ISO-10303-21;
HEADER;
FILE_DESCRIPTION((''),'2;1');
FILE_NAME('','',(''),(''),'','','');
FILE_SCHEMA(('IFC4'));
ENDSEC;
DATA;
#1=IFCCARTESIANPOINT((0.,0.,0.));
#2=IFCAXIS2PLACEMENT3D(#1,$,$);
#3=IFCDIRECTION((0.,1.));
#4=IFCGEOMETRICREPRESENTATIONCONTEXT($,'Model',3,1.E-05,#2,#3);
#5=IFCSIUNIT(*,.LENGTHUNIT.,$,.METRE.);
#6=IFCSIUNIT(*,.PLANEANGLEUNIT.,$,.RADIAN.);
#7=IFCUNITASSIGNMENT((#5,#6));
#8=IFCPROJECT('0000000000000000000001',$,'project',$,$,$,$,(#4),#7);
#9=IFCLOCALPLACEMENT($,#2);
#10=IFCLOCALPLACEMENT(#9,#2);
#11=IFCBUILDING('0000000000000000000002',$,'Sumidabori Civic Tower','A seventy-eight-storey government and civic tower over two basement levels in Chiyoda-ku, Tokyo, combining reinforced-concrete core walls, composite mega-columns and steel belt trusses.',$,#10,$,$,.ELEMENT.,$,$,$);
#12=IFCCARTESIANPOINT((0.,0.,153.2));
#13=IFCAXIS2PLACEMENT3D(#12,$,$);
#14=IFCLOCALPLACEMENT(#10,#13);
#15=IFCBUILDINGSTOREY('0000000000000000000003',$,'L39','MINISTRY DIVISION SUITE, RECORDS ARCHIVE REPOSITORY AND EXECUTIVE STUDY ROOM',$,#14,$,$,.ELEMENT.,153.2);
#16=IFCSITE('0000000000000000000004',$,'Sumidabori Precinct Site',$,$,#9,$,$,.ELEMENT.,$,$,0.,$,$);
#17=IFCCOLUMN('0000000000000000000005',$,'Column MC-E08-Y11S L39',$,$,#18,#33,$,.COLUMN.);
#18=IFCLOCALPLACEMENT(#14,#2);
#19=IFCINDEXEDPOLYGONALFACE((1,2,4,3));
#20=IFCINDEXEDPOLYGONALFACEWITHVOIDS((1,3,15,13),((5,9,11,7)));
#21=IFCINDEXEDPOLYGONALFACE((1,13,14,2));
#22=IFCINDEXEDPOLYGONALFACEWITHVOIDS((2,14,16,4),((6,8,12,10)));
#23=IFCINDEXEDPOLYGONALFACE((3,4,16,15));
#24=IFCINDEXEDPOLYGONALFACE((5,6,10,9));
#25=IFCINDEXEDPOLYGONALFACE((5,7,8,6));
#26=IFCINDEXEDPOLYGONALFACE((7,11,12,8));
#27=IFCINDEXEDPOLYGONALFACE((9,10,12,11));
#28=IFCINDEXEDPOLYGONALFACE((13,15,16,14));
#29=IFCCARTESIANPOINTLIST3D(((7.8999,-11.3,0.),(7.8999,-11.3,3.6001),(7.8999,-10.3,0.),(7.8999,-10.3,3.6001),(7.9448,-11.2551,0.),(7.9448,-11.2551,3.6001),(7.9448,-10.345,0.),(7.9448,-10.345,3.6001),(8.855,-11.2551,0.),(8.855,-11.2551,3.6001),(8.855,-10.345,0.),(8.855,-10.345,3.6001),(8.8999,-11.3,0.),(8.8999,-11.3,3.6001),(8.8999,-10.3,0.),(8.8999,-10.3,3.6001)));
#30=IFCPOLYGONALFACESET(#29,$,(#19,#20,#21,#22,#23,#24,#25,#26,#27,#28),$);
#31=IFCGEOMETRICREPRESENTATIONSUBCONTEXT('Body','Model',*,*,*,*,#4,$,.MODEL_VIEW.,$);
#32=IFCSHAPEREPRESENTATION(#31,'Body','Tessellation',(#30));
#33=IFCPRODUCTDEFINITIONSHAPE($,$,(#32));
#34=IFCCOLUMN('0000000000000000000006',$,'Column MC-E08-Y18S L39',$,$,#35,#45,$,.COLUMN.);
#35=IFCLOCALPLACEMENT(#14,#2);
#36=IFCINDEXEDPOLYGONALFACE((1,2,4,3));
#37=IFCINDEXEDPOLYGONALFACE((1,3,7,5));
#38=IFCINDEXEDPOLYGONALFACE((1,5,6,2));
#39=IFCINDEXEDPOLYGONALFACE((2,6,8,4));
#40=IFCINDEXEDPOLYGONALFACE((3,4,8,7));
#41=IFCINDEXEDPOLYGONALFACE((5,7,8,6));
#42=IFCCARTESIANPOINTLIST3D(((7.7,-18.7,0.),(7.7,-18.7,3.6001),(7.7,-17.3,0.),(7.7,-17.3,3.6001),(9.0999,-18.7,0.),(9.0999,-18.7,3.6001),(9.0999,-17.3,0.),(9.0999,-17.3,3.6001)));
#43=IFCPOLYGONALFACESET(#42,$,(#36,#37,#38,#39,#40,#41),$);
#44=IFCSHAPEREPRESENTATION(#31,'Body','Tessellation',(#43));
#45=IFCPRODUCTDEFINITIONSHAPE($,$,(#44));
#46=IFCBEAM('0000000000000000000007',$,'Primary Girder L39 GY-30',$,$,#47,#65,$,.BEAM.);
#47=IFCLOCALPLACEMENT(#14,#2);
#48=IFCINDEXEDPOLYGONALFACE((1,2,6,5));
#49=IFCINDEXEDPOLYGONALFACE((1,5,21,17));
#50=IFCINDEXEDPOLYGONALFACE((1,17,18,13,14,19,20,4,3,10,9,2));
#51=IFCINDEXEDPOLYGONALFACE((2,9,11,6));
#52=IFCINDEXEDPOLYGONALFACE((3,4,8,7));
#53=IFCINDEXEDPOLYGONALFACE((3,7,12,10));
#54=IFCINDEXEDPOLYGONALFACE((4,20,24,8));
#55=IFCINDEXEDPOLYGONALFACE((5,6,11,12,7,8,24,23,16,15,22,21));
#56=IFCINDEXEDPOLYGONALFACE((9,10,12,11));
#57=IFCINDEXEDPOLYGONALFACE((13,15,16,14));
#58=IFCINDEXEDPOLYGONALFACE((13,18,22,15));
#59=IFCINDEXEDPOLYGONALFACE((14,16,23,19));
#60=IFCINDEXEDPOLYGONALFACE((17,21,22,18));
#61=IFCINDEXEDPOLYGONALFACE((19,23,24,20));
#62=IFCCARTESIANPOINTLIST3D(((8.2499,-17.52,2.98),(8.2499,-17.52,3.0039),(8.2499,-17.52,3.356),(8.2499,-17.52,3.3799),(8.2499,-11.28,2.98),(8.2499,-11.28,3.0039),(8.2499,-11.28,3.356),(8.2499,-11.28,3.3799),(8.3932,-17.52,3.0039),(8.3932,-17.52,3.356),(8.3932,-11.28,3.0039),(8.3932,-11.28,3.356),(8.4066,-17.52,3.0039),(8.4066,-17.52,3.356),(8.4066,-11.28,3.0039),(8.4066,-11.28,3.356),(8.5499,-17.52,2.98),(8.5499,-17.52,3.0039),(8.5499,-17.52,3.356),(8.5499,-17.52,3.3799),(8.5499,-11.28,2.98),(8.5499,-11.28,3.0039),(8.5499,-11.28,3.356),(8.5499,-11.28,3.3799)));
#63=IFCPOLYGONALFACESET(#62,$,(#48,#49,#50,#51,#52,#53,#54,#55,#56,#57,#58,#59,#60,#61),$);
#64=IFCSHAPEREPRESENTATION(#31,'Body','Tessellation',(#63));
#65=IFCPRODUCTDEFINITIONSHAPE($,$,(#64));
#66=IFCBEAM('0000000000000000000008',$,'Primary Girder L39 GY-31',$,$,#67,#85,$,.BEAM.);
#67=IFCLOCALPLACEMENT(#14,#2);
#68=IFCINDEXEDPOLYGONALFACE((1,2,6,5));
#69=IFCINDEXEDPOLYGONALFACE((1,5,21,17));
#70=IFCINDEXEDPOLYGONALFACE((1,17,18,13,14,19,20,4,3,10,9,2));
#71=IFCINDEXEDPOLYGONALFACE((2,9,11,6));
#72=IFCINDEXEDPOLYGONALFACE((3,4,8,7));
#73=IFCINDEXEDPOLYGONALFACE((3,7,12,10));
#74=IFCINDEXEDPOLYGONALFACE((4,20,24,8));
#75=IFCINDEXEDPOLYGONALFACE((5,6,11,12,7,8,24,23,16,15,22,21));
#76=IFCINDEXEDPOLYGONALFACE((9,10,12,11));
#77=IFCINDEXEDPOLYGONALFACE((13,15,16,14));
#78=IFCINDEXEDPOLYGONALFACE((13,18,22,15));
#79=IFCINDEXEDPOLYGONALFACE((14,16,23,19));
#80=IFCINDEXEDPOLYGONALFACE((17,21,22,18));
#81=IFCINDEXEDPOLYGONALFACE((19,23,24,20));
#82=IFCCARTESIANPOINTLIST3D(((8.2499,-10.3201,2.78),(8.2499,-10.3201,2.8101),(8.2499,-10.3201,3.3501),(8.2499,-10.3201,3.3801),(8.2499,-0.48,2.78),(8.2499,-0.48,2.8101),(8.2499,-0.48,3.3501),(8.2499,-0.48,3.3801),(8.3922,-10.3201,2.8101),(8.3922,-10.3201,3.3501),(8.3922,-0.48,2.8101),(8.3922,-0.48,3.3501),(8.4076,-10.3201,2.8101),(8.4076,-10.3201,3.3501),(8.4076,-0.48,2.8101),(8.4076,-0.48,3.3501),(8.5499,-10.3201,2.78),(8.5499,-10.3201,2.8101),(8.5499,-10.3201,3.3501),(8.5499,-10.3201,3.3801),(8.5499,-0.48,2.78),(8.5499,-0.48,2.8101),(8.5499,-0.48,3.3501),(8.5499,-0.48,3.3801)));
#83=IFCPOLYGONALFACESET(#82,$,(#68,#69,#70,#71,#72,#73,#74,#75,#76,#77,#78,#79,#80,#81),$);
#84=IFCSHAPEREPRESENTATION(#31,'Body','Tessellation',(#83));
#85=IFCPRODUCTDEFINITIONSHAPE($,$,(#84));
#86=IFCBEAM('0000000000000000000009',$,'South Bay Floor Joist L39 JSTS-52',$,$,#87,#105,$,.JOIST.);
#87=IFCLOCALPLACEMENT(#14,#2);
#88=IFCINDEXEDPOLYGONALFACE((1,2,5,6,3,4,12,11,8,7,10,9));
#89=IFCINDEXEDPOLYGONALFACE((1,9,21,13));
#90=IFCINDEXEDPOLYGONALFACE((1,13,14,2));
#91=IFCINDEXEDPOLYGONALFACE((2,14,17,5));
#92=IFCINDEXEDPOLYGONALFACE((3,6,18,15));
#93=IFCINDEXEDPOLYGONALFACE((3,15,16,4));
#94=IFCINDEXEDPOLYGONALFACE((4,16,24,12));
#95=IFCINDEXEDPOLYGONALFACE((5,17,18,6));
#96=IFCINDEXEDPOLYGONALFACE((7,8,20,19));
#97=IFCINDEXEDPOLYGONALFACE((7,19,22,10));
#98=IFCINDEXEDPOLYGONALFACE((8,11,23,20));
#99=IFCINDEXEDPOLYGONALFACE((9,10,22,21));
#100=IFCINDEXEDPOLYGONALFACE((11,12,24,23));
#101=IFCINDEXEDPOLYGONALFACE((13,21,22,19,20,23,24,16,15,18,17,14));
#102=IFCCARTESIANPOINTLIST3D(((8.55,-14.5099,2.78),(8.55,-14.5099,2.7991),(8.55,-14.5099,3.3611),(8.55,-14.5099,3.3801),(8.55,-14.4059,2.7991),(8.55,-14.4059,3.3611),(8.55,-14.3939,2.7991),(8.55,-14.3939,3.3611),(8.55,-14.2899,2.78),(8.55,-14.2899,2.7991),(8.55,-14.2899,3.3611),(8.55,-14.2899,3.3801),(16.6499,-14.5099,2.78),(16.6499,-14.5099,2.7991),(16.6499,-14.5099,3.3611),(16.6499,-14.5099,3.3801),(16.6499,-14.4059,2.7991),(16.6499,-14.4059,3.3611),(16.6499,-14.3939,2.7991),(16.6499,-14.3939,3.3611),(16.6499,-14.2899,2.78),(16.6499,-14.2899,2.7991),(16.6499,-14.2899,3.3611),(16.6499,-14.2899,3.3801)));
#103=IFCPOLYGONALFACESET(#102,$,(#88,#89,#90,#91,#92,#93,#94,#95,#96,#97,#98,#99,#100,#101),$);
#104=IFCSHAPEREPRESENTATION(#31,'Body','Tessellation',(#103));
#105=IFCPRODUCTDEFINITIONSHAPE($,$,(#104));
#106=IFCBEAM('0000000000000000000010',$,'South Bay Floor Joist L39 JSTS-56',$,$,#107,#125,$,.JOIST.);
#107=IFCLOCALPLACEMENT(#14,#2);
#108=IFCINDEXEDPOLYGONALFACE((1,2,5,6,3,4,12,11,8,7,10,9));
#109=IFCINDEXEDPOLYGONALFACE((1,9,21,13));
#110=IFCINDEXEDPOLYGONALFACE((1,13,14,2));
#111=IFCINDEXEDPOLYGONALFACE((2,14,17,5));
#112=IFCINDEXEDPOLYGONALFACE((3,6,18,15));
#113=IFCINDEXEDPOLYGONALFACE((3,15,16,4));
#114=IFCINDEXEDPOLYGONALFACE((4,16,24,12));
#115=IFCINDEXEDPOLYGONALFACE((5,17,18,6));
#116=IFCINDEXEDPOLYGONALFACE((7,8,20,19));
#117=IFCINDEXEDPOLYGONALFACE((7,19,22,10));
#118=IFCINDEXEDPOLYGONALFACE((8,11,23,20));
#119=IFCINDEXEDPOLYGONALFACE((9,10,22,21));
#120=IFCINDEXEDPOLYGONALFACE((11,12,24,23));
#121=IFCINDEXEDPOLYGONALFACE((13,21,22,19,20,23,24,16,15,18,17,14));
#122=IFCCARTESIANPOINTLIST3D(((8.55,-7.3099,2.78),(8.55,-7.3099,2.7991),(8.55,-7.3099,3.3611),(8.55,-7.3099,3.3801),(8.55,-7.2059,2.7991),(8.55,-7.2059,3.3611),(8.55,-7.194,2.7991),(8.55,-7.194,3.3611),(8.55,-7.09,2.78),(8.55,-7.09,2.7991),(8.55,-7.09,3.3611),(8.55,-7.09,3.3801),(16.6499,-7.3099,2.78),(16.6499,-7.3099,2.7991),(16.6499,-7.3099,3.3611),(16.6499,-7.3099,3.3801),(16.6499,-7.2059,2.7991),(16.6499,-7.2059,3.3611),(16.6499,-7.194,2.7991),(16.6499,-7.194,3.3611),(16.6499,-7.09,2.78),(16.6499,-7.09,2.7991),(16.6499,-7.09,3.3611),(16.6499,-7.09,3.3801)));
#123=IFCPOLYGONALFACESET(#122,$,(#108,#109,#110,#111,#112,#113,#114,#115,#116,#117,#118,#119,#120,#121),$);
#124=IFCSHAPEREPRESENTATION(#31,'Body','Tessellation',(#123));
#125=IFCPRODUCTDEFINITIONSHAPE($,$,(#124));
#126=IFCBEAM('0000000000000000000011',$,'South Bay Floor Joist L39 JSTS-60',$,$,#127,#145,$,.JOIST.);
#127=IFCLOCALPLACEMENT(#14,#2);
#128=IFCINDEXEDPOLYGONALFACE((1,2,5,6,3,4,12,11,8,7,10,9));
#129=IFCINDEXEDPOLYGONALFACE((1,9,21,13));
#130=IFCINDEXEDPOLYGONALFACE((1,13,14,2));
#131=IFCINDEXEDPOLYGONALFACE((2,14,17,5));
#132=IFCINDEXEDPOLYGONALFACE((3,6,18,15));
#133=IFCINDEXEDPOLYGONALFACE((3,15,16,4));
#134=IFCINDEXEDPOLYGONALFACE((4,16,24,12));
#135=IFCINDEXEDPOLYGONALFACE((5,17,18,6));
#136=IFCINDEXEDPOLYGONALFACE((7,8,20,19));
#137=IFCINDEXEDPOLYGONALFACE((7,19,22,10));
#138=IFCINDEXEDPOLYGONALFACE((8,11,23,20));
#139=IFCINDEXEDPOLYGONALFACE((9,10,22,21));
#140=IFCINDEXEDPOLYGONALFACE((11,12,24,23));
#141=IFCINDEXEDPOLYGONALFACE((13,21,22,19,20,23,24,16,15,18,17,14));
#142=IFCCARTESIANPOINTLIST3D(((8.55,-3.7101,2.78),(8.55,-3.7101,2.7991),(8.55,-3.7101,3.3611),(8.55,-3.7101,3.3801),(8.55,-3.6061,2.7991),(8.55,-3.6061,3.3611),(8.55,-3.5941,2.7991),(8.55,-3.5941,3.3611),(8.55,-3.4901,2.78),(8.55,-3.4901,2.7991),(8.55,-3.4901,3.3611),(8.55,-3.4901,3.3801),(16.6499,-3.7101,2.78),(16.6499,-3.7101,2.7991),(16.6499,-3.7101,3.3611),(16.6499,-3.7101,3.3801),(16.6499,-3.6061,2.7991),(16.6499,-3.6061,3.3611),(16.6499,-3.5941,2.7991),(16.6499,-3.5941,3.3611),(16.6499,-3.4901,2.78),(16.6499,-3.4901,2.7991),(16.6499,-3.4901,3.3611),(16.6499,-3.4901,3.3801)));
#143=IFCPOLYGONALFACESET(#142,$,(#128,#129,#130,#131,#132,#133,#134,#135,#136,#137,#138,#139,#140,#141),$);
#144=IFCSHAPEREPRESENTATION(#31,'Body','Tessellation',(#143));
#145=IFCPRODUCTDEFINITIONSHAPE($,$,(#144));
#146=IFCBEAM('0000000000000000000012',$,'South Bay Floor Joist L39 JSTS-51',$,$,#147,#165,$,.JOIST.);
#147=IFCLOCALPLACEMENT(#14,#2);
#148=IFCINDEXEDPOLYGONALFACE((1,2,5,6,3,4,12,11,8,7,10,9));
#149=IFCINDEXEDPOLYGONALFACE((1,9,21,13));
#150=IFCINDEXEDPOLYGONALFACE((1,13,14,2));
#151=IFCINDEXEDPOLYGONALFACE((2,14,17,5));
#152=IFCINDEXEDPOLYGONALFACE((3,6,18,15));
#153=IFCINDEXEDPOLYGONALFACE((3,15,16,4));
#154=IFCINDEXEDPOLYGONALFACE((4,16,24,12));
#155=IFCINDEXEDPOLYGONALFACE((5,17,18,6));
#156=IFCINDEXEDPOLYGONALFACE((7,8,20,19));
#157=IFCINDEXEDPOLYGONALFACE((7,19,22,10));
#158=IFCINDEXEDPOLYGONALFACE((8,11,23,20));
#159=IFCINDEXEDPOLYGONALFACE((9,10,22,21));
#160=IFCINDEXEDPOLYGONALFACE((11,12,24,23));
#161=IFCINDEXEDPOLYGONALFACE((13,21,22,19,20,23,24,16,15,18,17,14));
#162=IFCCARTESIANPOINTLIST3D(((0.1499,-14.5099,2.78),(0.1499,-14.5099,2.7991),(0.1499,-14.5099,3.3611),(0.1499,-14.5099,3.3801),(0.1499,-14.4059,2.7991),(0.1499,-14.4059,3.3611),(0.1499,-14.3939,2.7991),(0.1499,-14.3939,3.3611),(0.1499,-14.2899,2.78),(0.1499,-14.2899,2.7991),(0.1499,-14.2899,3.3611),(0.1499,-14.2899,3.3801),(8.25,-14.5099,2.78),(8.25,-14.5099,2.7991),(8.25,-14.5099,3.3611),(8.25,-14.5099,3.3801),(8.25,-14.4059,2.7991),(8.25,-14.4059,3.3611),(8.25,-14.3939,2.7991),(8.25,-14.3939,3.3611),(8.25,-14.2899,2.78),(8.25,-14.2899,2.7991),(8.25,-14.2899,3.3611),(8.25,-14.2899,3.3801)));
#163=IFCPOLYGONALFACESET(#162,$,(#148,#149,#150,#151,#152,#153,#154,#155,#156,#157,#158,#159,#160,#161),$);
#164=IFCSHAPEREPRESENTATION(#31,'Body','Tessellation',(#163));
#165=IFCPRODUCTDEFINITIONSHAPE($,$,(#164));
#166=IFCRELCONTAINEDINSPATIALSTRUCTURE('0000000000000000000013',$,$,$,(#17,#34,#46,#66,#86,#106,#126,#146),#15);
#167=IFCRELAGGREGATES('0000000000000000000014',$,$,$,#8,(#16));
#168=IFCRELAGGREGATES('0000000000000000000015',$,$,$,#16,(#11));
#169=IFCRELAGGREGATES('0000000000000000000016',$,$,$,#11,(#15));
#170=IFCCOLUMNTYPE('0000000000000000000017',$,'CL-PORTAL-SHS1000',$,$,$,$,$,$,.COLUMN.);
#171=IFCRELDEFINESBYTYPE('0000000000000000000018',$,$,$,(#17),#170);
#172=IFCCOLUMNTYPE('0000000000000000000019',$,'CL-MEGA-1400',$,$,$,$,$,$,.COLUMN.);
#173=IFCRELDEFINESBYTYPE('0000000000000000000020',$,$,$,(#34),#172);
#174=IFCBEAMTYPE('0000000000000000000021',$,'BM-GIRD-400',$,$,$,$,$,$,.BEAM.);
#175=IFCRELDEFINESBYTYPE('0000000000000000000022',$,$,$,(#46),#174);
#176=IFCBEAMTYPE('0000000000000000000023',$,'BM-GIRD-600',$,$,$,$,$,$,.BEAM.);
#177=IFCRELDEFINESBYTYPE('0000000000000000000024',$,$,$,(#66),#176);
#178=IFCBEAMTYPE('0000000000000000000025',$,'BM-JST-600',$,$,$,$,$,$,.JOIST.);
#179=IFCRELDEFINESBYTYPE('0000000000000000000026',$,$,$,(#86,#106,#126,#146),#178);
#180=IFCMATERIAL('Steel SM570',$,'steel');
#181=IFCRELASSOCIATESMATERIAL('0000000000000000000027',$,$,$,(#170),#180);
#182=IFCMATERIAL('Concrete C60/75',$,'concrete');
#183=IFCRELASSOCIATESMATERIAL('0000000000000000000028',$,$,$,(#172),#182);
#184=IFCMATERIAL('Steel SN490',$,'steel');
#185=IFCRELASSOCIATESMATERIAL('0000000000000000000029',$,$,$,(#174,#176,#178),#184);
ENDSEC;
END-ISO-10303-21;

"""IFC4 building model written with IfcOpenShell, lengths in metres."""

from ifc_helpers import new_model, si_unit, direction, frame, origin, origin_2d, place, context, subcontext, project, spatial, rectangle, hollow_rectangle, i_section, extrude, source, transform, mapped, material, material_profile, profile_set, type_object, element, save


model = new_model("IFC4")

# Units and contexts
model_context = context("Model", 3, precision=1e-05, world=origin(), true_north=direction((0.0, 1.0)))
body_context = subcontext(model_context, "Body", "Model", "MODEL_VIEW")
ifc_project = project(units=[si_unit("LENGTHUNIT", "METRE"), si_unit("PLANEANGLEUNIT", "RADIAN")], contexts=[model_context])

# Site, building, storey
site_placement = place(None, origin())
site = spatial("IfcSite", under=ifc_project, at=site_placement, Name="Sumidabori Precinct Site", CompositionType="ELEMENT", RefElevation=0.0)
building_placement = place(site_placement, origin())
building = spatial("IfcBuilding", under=site, at=building_placement, Name="Sumidabori Civic Tower", Description="A seventy-eight-storey government and civic tower over two basement levels in Chiyoda-ku, Tokyo, combining reinforced-concrete core walls, composite mega-columns and steel belt trusses.", CompositionType="ELEMENT")
storey_placement = place(building_placement, frame((0.0, 0.0, 153.2)))
storey = spatial("IfcBuildingStorey", under=building, at=storey_placement, Name="L39", Description="MINISTRY DIVISION SUITE, RECORDS ARCHIVE REPOSITORY AND EXECUTIVE STUDY ROOM", CompositionType="ELEMENT", Elevation=153.2)

# Columns
ifc_material_1 = material(Name="Steel SM570", Category="steel")
ifc_material_profile_1 = material_profile(ifc_material_1, hollow_rectangle(XDim=1.0, YDim=1.0, WallThickness=0.0449, at=origin_2d()), Name="SHS 1000x1000x45")
ifc_profile_set_1 = profile_set([ifc_material_profile_1], Name="Steel SM570")
column_type_1 = type_object("IfcColumnType", Name="CL-PORTAL-SHS1000", PredefinedType="COLUMN", material=ifc_profile_set_1)
shared_shape_1 = source(origin(), body_context, "Body", "SweptSolid", [
    extrude(hollow_rectangle(XDim=1.0, YDim=1.0, WallThickness=0.0449, at=origin_2d()), origin(), (0.0, 0.0, 1.0), 3.6001),
])
column_1_placement = place(storey_placement, frame((8.3999, -10.8, 0.0), z_axis=(0.0, 0.0, 1.0), x_axis=(1.0, 0.0, 0.0)))
element("IfcColumn", 1, at=column_1_placement, inside=storey, type_object=column_type_1, Name="Column MC-E08-Y11S L39", PredefinedType="COLUMN", context=body_context, shape_type="MappedRepresentation", body=[
    mapped(shared_shape_1, transform((0.0, 0.0, 0.0), x_axis=(1.0, 0.0, 0.0), y_axis=(0.0, 1.0, 0.0), z_axis=(0.0, 0.0, 1.0), scale=1.0)),
])
ifc_material_2 = material(Name="Concrete C60/75", Category="concrete")
ifc_material_profile_2 = material_profile(ifc_material_2, rectangle(XDim=1.3999, YDim=1.3999, at=origin_2d()), Name="RC 1400x1400")
ifc_profile_set_2 = profile_set([ifc_material_profile_2], Name="Concrete C60/75")
column_type_2 = type_object("IfcColumnType", Name="CL-MEGA-1400", PredefinedType="COLUMN", material=ifc_profile_set_2)
shared_shape_2 = source(origin(), body_context, "Body", "SweptSolid", [
    extrude(rectangle(XDim=1.3999, YDim=1.3999, at=origin_2d()), origin(), (0.0, 0.0, 1.0), 3.6001),
])
column_2_placement = place(storey_placement, frame((8.3999, -18.0, 0.0), z_axis=(0.0, 0.0, 1.0), x_axis=(1.0, 0.0, 0.0)))
element("IfcColumn", 2, at=column_2_placement, inside=storey, type_object=column_type_2, Name="Column MC-E08-Y18S L39", PredefinedType="COLUMN", context=body_context, shape_type="MappedRepresentation", body=[
    mapped(shared_shape_2, transform((0.0, 0.0, 0.0), x_axis=(1.0, 0.0, 0.0), y_axis=(0.0, 1.0, 0.0), z_axis=(0.0, 0.0, 1.0), scale=1.0)),
])

# Beams
ifc_material_3 = material(Name="Steel SN490", Category="steel")
ifc_material_profile_3 = material_profile(ifc_material_3, i_section(OverallWidth=0.3, OverallDepth=0.3999, WebThickness=0.0134, FlangeThickness=0.0239, at=origin_2d()), Name="HE 400 B")
ifc_profile_set_3 = profile_set([ifc_material_profile_3], Name="Steel SN490")
beam_type_1 = type_object("IfcBeamType", Name="BM-GIRD-400", PredefinedType="BEAM", material=ifc_profile_set_3)
shared_shape_3 = source(origin(), body_context, "Body", "SweptSolid", [
    extrude(i_section(OverallWidth=0.3, OverallDepth=0.3999, WebThickness=0.0134, FlangeThickness=0.0239, at=origin_2d()), origin(), (0.0, 0.0, 1.0), 6.24),
])
beam_1_placement = place(storey_placement, frame((8.3999, -17.52, 3.1799), z_axis=(0.0, 1.0, 0.0), x_axis=(-1.0, 0.0, 0.0)))
element("IfcBeam", 3, at=beam_1_placement, inside=storey, type_object=beam_type_1, Name="Primary Girder L39 GY-30", PredefinedType="BEAM", context=body_context, shape_type="MappedRepresentation", body=[
    mapped(shared_shape_3, transform((0.0, 0.0, 0.0), x_axis=(1.0, 0.0, 0.0), y_axis=(0.0, 1.0, 0.0), z_axis=(0.0, 0.0, 1.0), scale=1.0)),
])
ifc_material_profile_4 = material_profile(ifc_material_3, i_section(OverallWidth=0.3, OverallDepth=0.6001, WebThickness=0.0154, FlangeThickness=0.03, at=origin_2d()), Name="HE 600 B")
ifc_profile_set_4 = profile_set([ifc_material_profile_4], Name="Steel SN490")
beam_type_2 = type_object("IfcBeamType", Name="BM-GIRD-600", PredefinedType="BEAM", material=ifc_profile_set_4)
shared_shape_4 = source(origin(), body_context, "Body", "SweptSolid", [
    extrude(i_section(OverallWidth=0.3, OverallDepth=0.6001, WebThickness=0.0154, FlangeThickness=0.03, at=origin_2d()), origin(), (0.0, 0.0, 1.0), 9.8401),
])
beam_2_placement = place(storey_placement, frame((8.3999, -10.3201, 3.0801), z_axis=(0.0, 1.0, 0.0), x_axis=(-1.0, 0.0, 0.0)))
element("IfcBeam", 4, at=beam_2_placement, inside=storey, type_object=beam_type_2, Name="Primary Girder L39 GY-31", PredefinedType="BEAM", context=body_context, shape_type="MappedRepresentation", body=[
    mapped(shared_shape_4, transform((0.0, 0.0, 0.0), x_axis=(1.0, 0.0, 0.0), y_axis=(0.0, 1.0, 0.0), z_axis=(0.0, 0.0, 1.0), scale=1.0)),
])
ifc_material_profile_5 = material_profile(ifc_material_3, i_section(OverallWidth=0.22, OverallDepth=0.6001, WebThickness=0.012, FlangeThickness=0.019, at=origin_2d()), Name="IPE 600")
ifc_profile_set_5 = profile_set([ifc_material_profile_5], Name="Steel SN490")
beam_type_3 = type_object("IfcBeamType", Name="BM-JST-600", PredefinedType="JOIST", material=ifc_profile_set_5)
shared_shape_5 = source(origin(), body_context, "Body", "SweptSolid", [
    extrude(i_section(OverallWidth=0.22, OverallDepth=0.6001, WebThickness=0.012, FlangeThickness=0.019, at=origin_2d()), origin(), (0.0, 0.0, 1.0), 8.0999),
])
for number, where, z_axis, x_axis, name in (
    (5, (8.55, -14.3999, 3.0801), (1.0, 0.0, 0.0), (0.0, 1.0, 0.0), "South Bay Floor Joist L39 JSTS-52"),
    (6, (8.55, -7.2, 3.0801), (1.0, 0.0, 0.0), (0.0, 1.0, 0.0), "South Bay Floor Joist L39 JSTS-56"),
    (7, (8.55, -3.6001, 3.0801), (1.0, 0.0, 0.0), (0.0, 1.0, 0.0), "South Bay Floor Joist L39 JSTS-60"),
):
    element("IfcBeam", number, at=place(storey_placement, frame(where, z_axis=z_axis, x_axis=x_axis)), inside=storey, type_object=beam_type_3, Name=name, PredefinedType="JOIST", context=body_context, shape_type="MappedRepresentation", body=[
        mapped(shared_shape_5, transform((0.0, 0.0, 0.0), x_axis=(1.0, 0.0, 0.0), y_axis=(0.0, 1.0, 0.0), z_axis=(0.0, 0.0, 1.0), scale=1.0)),
    ])
shared_shape_6 = source(origin(), body_context, "Body", "SweptSolid", [
    extrude(i_section(OverallWidth=0.22, OverallDepth=0.6001, WebThickness=0.012, FlangeThickness=0.019, at=origin_2d()), origin(), (0.0, 0.0, 1.0), 8.1001),
])
for number, where, z_axis, x_axis, name in (
    (8, (0.1499, -14.3999, 3.0801), (1.0, 0.0, 0.0), (0.0, 1.0, 0.0), "South Bay Floor Joist L39 JSTS-51"),
):
    element("IfcBeam", number, at=place(storey_placement, frame(where, z_axis=z_axis, x_axis=x_axis)), inside=storey, type_object=beam_type_3, Name=name, PredefinedType="JOIST", context=body_context, shape_type="MappedRepresentation", body=[
        mapped(shared_shape_6, transform((0.0, 0.0, 0.0), x_axis=(1.0, 0.0, 0.0), y_axis=(0.0, 1.0, 0.0), z_axis=(0.0, 0.0, 1.0), scale=1.0)),
    ])

save(model, "model.ifc")
